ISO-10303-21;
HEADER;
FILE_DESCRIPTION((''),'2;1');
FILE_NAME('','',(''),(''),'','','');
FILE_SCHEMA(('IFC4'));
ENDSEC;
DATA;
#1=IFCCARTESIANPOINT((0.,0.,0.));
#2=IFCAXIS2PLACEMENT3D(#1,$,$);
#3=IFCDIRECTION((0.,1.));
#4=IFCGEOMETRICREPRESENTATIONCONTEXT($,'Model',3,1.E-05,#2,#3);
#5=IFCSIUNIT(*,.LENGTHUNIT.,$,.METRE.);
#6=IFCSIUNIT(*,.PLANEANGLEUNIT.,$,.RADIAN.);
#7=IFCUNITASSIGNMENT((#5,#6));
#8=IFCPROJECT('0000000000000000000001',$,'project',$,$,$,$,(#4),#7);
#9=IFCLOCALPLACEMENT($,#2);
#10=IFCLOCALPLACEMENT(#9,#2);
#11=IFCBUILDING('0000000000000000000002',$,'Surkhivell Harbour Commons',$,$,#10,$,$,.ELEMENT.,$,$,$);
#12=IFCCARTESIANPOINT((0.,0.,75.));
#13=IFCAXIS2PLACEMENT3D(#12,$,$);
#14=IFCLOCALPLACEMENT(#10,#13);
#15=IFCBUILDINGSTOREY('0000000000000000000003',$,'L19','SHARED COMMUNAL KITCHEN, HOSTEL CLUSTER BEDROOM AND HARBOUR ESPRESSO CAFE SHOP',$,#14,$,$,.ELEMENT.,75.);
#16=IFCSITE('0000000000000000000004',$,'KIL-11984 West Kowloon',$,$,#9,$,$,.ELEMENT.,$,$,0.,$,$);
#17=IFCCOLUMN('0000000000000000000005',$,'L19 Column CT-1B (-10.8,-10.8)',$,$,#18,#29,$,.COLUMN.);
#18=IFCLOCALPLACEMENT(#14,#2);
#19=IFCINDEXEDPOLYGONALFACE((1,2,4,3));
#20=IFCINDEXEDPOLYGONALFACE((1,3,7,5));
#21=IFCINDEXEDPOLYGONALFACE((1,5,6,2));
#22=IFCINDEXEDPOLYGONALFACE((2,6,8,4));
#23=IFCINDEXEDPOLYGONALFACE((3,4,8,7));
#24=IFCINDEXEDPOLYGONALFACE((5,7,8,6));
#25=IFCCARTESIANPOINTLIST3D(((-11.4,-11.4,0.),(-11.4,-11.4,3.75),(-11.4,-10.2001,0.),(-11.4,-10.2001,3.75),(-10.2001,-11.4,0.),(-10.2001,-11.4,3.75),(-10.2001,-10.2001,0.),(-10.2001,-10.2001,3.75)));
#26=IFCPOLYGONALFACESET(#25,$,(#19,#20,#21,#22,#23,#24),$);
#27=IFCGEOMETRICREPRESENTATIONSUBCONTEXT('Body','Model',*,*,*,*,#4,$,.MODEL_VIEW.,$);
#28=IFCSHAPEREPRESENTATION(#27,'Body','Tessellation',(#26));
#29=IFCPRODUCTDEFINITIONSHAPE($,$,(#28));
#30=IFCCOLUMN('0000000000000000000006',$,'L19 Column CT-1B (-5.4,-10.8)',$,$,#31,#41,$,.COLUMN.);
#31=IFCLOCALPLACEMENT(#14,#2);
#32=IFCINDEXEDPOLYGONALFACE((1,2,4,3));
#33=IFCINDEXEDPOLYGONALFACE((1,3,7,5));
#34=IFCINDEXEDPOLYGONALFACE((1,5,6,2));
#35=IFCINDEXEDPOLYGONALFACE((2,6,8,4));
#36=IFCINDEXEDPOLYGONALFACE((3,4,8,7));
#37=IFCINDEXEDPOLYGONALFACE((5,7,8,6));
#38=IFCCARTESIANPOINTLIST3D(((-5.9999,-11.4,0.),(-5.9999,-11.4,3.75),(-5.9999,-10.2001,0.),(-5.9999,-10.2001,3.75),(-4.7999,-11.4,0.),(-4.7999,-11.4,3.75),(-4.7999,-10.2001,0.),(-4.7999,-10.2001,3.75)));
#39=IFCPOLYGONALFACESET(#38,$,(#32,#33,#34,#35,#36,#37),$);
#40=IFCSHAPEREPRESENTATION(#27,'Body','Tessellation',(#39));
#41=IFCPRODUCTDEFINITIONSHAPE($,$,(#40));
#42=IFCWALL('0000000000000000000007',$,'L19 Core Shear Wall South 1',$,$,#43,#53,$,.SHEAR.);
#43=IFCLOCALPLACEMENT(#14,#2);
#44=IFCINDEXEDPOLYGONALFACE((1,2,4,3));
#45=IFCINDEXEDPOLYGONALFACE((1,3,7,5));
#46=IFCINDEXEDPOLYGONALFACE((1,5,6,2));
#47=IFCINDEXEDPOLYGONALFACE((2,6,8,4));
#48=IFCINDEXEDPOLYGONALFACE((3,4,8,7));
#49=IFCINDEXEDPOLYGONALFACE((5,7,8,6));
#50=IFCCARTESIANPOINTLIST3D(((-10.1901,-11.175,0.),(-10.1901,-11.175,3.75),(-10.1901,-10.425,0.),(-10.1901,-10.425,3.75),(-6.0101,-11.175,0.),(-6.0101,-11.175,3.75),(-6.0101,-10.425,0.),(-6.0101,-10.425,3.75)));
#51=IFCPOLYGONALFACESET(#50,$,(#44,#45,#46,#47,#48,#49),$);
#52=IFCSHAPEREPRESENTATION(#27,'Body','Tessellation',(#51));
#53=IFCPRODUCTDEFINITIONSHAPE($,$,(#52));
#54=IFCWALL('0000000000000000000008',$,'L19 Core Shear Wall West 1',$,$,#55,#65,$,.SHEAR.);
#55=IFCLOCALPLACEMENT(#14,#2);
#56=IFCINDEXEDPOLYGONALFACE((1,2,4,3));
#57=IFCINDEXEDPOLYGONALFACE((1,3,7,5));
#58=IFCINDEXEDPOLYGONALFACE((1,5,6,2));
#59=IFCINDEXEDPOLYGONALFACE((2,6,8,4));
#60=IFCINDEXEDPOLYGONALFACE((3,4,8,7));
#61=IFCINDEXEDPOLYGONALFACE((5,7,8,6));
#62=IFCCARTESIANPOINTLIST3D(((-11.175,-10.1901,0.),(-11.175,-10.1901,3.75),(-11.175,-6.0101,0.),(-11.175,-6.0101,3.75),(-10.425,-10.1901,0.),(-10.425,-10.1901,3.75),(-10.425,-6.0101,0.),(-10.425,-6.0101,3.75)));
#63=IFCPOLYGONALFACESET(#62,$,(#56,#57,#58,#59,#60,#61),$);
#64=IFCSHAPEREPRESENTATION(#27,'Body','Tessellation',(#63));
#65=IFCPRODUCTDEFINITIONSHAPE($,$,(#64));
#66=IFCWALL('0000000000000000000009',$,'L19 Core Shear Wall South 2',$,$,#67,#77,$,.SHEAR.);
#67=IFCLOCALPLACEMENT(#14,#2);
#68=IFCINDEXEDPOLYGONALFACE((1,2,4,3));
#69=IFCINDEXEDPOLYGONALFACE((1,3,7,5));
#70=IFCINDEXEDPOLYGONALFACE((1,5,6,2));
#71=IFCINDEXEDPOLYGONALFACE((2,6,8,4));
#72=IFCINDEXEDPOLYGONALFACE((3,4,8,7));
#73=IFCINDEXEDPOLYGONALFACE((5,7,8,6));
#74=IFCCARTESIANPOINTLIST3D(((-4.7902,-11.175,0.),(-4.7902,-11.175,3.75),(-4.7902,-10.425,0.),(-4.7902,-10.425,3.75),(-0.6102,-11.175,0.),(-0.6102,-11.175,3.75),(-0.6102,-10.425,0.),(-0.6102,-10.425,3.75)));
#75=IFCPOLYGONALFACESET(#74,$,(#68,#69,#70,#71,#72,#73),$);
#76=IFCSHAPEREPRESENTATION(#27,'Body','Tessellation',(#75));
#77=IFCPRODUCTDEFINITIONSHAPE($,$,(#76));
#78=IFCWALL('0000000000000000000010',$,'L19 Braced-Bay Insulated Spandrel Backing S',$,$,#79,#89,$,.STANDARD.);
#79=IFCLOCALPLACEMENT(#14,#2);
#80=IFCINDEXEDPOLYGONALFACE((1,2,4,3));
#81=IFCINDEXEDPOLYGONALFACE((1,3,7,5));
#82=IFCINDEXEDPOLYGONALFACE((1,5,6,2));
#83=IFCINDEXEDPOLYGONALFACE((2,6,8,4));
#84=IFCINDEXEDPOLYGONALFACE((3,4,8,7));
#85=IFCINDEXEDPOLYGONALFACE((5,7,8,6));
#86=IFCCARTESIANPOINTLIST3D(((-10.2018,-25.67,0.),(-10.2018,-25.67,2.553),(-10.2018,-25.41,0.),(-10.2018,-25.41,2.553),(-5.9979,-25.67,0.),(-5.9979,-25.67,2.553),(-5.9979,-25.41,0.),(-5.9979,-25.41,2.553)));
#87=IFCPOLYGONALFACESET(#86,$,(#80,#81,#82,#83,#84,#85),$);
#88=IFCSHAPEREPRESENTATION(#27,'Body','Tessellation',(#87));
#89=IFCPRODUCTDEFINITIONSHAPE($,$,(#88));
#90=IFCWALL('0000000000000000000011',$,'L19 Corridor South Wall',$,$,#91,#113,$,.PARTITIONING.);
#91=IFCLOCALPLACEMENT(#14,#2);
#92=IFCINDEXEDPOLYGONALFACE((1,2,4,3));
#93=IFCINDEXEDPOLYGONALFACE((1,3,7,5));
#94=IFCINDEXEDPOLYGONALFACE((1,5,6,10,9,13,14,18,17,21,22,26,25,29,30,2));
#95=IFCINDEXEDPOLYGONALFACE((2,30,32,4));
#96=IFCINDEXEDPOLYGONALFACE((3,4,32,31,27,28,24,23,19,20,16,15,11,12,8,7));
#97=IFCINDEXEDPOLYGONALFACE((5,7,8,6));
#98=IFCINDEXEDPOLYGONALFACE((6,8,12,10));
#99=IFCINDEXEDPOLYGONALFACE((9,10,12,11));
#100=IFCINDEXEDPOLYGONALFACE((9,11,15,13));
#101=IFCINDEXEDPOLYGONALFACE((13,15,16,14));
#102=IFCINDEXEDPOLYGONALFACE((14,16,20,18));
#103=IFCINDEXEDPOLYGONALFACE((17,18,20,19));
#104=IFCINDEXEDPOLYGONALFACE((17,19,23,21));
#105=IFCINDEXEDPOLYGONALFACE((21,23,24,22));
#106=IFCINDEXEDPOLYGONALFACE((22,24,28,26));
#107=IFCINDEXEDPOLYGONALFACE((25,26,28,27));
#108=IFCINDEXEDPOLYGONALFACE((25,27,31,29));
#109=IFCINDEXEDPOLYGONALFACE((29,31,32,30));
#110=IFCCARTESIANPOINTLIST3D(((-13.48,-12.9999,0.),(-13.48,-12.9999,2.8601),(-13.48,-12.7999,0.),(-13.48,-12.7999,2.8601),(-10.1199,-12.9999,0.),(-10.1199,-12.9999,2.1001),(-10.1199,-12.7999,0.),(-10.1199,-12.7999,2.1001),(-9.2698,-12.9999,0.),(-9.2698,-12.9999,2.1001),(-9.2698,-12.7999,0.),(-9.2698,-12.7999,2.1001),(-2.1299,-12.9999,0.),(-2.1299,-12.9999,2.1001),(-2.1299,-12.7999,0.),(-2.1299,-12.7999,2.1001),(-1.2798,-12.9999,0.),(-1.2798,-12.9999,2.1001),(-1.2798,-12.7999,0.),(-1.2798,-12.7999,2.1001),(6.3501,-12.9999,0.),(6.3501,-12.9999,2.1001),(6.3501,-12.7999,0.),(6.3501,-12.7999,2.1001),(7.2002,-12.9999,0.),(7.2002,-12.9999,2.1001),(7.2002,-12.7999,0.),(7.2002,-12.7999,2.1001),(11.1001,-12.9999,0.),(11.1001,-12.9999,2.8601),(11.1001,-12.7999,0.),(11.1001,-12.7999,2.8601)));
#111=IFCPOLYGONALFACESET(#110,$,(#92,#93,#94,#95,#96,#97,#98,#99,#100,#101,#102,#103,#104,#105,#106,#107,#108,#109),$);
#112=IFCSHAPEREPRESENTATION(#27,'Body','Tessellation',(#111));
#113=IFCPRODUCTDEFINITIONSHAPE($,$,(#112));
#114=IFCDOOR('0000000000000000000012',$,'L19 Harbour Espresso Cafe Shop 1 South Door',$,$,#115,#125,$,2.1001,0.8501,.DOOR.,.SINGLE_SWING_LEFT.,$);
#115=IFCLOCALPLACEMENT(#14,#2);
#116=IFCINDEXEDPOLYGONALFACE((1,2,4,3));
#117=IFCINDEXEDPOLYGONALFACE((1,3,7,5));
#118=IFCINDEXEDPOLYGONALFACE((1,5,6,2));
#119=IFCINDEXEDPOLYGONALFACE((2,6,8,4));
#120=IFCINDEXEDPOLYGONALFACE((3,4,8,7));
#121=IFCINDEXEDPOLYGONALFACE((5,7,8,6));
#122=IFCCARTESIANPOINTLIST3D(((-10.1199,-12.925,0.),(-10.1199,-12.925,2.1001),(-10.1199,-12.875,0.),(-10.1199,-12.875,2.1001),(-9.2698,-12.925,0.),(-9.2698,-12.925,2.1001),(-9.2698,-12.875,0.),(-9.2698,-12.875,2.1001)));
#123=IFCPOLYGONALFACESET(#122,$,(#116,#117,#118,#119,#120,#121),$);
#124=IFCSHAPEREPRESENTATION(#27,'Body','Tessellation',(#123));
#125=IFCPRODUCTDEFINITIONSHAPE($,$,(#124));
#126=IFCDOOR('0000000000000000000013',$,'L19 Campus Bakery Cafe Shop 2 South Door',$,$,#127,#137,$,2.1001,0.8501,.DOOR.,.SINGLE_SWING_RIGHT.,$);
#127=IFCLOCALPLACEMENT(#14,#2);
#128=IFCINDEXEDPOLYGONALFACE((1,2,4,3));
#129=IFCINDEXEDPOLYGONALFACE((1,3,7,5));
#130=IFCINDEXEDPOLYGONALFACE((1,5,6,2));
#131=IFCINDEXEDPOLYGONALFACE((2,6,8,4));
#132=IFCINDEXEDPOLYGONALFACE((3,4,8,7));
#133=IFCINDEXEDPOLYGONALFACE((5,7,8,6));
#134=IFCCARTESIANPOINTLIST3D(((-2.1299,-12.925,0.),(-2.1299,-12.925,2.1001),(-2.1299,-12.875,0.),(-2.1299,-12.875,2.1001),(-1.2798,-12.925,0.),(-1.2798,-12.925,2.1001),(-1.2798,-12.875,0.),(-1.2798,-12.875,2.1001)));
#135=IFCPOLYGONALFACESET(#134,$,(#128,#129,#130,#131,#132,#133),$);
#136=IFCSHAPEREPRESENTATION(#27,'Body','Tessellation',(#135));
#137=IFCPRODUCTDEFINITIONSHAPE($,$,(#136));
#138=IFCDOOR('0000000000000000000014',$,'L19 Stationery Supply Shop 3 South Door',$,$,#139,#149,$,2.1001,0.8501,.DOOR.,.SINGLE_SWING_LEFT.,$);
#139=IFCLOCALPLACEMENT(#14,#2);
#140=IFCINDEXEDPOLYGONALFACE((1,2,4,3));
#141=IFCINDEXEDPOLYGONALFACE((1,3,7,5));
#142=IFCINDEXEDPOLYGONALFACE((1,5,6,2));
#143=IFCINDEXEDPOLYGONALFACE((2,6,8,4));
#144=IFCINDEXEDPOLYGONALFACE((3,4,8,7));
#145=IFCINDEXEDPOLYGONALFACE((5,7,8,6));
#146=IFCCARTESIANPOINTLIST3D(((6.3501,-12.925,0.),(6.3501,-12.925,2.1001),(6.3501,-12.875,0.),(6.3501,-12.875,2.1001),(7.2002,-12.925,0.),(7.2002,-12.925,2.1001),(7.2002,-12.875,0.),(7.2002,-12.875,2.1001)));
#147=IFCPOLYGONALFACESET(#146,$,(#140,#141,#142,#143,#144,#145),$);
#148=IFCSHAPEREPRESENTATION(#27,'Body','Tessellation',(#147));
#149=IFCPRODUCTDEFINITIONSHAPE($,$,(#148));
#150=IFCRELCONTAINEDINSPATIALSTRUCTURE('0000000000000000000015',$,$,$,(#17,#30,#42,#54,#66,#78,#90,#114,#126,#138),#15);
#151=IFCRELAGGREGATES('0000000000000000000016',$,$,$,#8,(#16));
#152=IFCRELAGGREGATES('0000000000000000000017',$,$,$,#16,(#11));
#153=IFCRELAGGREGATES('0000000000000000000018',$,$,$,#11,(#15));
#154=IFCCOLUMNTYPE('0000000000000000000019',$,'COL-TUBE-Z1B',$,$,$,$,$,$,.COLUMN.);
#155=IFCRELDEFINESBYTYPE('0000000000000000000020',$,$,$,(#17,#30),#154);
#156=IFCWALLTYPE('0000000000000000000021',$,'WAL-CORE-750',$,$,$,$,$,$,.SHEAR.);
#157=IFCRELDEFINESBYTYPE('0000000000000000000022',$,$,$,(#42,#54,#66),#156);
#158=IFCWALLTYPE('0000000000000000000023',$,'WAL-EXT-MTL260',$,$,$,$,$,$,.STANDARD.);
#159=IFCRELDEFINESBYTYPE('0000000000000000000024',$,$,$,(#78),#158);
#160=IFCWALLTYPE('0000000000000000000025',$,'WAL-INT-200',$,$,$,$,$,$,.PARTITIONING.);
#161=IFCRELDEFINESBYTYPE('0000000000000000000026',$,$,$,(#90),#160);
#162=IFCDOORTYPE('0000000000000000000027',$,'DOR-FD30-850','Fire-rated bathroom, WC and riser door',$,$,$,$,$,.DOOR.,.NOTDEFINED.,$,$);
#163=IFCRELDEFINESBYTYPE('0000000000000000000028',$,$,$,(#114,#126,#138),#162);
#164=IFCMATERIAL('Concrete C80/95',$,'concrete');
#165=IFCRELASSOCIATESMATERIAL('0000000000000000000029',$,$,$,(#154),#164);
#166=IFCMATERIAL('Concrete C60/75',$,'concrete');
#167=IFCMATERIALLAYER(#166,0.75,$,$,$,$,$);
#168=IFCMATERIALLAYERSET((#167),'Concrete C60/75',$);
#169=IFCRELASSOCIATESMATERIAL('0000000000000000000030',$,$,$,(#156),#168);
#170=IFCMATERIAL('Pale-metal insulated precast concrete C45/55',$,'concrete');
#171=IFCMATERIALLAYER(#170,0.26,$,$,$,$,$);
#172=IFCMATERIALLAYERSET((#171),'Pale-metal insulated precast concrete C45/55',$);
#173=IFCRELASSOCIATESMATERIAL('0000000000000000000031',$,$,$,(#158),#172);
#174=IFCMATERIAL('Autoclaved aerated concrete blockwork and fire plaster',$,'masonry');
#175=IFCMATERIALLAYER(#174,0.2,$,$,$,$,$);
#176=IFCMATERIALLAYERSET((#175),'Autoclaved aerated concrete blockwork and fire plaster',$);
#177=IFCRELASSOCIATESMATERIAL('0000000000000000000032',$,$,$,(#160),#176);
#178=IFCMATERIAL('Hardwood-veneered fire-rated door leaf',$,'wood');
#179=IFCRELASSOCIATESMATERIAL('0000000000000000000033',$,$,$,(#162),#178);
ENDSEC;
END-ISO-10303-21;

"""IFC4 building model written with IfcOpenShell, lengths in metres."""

from ifc_helpers import new_model, si_unit, direction, frame, frame_2d, origin, origin_2d, place, context, subcontext, project, spatial, rectangle, extrude, material, layer, layer_set, material_profile, profile_set, type_object, element, fill, save


model = new_model("IFC4")

# Units and contexts
model_context = context("Model", 3, precision=1e-05, world=origin(), true_north=direction((0.0, 1.0)))
body_context = subcontext(model_context, "Body", "Model", "MODEL_VIEW")
ifc_project = project(units=[si_unit("LENGTHUNIT", "METRE"), si_unit("PLANEANGLEUNIT", "RADIAN")], contexts=[model_context])

# Site, building, storey
site_placement = place(None, origin())
site = spatial("IfcSite", under=ifc_project, at=site_placement, Name="KIL-11984 West Kowloon", CompositionType="ELEMENT", RefElevation=0.0)
building_placement = place(site_placement, origin())
building = spatial("IfcBuilding", under=site, at=building_placement, Name="Surkhivell Harbour Commons", CompositionType="ELEMENT")
storey_placement = place(building_placement, frame((0.0, 0.0, 75.0)))
storey = spatial("IfcBuildingStorey", under=building, at=storey_placement, Name="L19", Description="SHARED COMMUNAL KITCHEN, HOSTEL CLUSTER BEDROOM AND HARBOUR ESPRESSO CAFE SHOP", CompositionType="ELEMENT", Elevation=75.0)

# Columns
ifc_material_1 = material(Name="Concrete C80/95", Category="concrete")
ifc_material_profile = material_profile(ifc_material_1, rectangle(XDim=1.2, YDim=1.2, at=origin_2d()), Name="RC-COL-1200x1200")
ifc_profile_set = profile_set([ifc_material_profile], Name="Concrete C80/95")
column_type = type_object("IfcColumnType", Name="COL-TUBE-Z1B", PredefinedType="COLUMN", material=ifc_profile_set)
for number, where, z_axis, x_axis, name in (
    (1, (-10.8, -10.8, 0.0), (0.0, 0.0, 1.0), (1.0, 0.0, 0.0), "L19 Column CT-1B (-10.8,-10.8)"),
    (2, (-5.3999, -10.8, 0.0), (0.0, 0.0, 1.0), (1.0, 0.0, 0.0), "L19 Column CT-1B (-5.4,-10.8)"),
):
    element("IfcColumn", number, at=place(storey_placement, frame(where, z_axis=z_axis, x_axis=x_axis)), inside=storey, type_object=column_type, Name=name, PredefinedType="COLUMN", context=body_context, shape_type="SweptSolid", body=[
        extrude(rectangle(XDim=1.2, YDim=1.2, at=origin_2d()), origin(), (0.0, 0.0, 1.0), 3.75),
    ])

# Walls
ifc_material_2 = material(Name="Concrete C60/75", Category="concrete")
ifc_layer_1 = layer(ifc_material_2, 0.75)
ifc_layer_set_1 = layer_set([ifc_layer_1], Name="Concrete C60/75")
wall_type_1 = type_object("IfcWallType", Name="WAL-CORE-750", PredefinedType="SHEAR", material=ifc_layer_set_1)
for number, where, z_axis, x_axis, name in (
    (3, (-10.1899, -10.8, 0.0), (0.0, 0.0, 1.0), (1.0, 0.0, 0.0), "L19 Core Shear Wall South 1"),
    (4, (-10.8, -10.1899, 0.0), (0.0, 0.0, 1.0), (0.0, 1.0, 0.0), "L19 Core Shear Wall West 1"),
    (5, (-4.79, -10.8, 0.0), (0.0, 0.0, 1.0), (1.0, 0.0, 0.0), "L19 Core Shear Wall South 2"),
):
    element("IfcWall", number, at=place(storey_placement, frame(where, z_axis=z_axis, x_axis=x_axis)), inside=storey, type_object=wall_type_1, Name=name, PredefinedType="SHEAR", context=body_context, shape_type="SweptSolid", body=[
        extrude(rectangle(XDim=4.1799, YDim=0.75, at=frame_2d((2.0898, 0.0))), origin(), (0.0, 0.0, 1.0), 3.75),
    ])
ifc_material_3 = material(Name="Pale-metal insulated precast concrete C45/55", Category="concrete")
ifc_layer_2 = layer(ifc_material_3, 0.26)
ifc_layer_set_2 = layer_set([ifc_layer_2], Name="Pale-metal insulated precast concrete C45/55")
wall_type_2 = type_object("IfcWallType", Name="WAL-EXT-MTL260", PredefinedType="STANDARD", material=ifc_layer_set_2)
wall_1_placement = place(storey_placement, frame((-10.2019, -25.54, 0.0), z_axis=(0.0, 0.0, 1.0), x_axis=(1.0, 0.0, 0.0)))
element("IfcWall", 6, at=wall_1_placement, inside=storey, type_object=wall_type_2, Name="L19 Braced-Bay Insulated Spandrel Backing S", PredefinedType="STANDARD", context=body_context, shape_type="SweptSolid", body=[
    extrude(rectangle(XDim=4.2039, YDim=0.26, at=frame_2d((2.1021, 0.0))), origin(), (0.0, 0.0, 1.0), 2.553),
])

# Wall, openings, doors
ifc_material_4 = material(Name="Autoclaved aerated concrete blockwork and fire plaster", Category="masonry")
ifc_layer_3 = layer(ifc_material_4, 0.2)
ifc_layer_set_3 = layer_set([ifc_layer_3], Name="Autoclaved aerated concrete blockwork and fire plaster")
wall_type_3 = type_object("IfcWallType", Name="WAL-INT-200", PredefinedType="PARTITIONING", material=ifc_layer_set_3)
wall_2_placement = place(storey_placement, frame((-13.48, -12.8999, 0.0), z_axis=(0.0, 0.0, 1.0), x_axis=(1.0, 0.0, 0.0)))
wall_2 = element("IfcWall", 7, at=wall_2_placement, inside=storey, type_object=wall_type_3, Name="L19 Corridor South Wall", PredefinedType="PARTITIONING", context=body_context, shape_type="SweptSolid", body=[
    extrude(rectangle(XDim=24.5801, YDim=0.2, at=frame_2d((12.29, 0.0))), origin(), (0.0, 0.0, 1.0), 2.8601),
])
opening_1_placement = place(wall_2_placement, frame((3.3601, 0.0, 0.0)))
opening_1 = element("IfcOpeningElement", 8, at=opening_1_placement, cuts=wall_2, PredefinedType="OPENING", context=body_context, shape_type="SweptSolid", body=[
    extrude(rectangle(XDim=0.8501, YDim=2.1001, at=frame_2d((0.425, 1.05))), frame((0.0, 0.1099, 0.0), z_axis=(0.0, -1.0, 0.0), x_axis=(1.0, 0.0, 0.0)), (0.0, 0.0, 1.0), 0.22),
])
opening_2_placement = place(wall_2_placement, frame((11.3501, 0.0, 0.0)))
opening_2 = element("IfcOpeningElement", 9, at=opening_2_placement, cuts=wall_2, PredefinedType="OPENING", context=body_context, shape_type="SweptSolid", body=[
    extrude(rectangle(XDim=0.8501, YDim=2.1001, at=frame_2d((0.425, 1.05))), frame((0.0, 0.1099, 0.0), z_axis=(0.0, -1.0, 0.0), x_axis=(1.0, 0.0, 0.0)), (0.0, 0.0, 1.0), 0.22),
])
opening_3_placement = place(wall_2_placement, frame((19.8301, 0.0, 0.0)))
opening_3 = element("IfcOpeningElement", 10, at=opening_3_placement, cuts=wall_2, PredefinedType="OPENING", context=body_context, shape_type="SweptSolid", body=[
    extrude(rectangle(XDim=0.8501, YDim=2.1001, at=frame_2d((0.425, 1.05))), frame((0.0, 0.1099, 0.0), z_axis=(0.0, -1.0, 0.0), x_axis=(1.0, 0.0, 0.0)), (0.0, 0.0, 1.0), 0.22),
])
ifc_material_5 = material(Name="Hardwood-veneered fire-rated door leaf", Category="wood")
door_type_1 = type_object("IfcDoorType", Name="DOR-FD30-850", Description="Fire-rated bathroom, WC and riser door", OperationType="NOTDEFINED", PredefinedType="DOOR", material=ifc_material_5)
door_1_placement = place(opening_1_placement, origin())
door_1 = element("IfcDoor", 11, at=door_1_placement, inside=storey, type_object=door_type_1, Name="L19 Harbour Espresso Cafe Shop 1 South Door", OperationType="SINGLE_SWING_LEFT", OverallHeight=2.1001, OverallWidth=0.8501, PredefinedType="DOOR", context=body_context, shape_type="SweptSolid", body=[
    extrude(rectangle(XDim=0.8501, YDim=2.1001, at=frame_2d((0.425, 1.05))), frame((0.0, 0.0249, 0.0), z_axis=(0.0, -1.0, 0.0), x_axis=(1.0, 0.0, 0.0)), (0.0, 0.0, 1.0), 0.05),
])
fill(opening_1, door_1)
door_2_placement = place(opening_2_placement, origin())
door_2 = element("IfcDoor", 12, at=door_2_placement, inside=storey, type_object=door_type_1, Name="L19 Campus Bakery Cafe Shop 2 South Door", OperationType="SINGLE_SWING_RIGHT", OverallHeight=2.1001, OverallWidth=0.8501, PredefinedType="DOOR", context=body_context, shape_type="SweptSolid", body=[
    extrude(rectangle(XDim=0.8501, YDim=2.1001, at=frame_2d((0.425, 1.05))), frame((0.0, 0.0249, 0.0), z_axis=(0.0, -1.0, 0.0), x_axis=(1.0, 0.0, 0.0)), (0.0, 0.0, 1.0), 0.05),
])
fill(opening_2, door_2)
door_3_placement = place(opening_3_placement, origin())
door_3 = element("IfcDoor", 13, at=door_3_placement, inside=storey, type_object=door_type_1, Name="L19 Stationery Supply Shop 3 South Door", OperationType="SINGLE_SWING_LEFT", OverallHeight=2.1001, OverallWidth=0.8501, PredefinedType="DOOR", context=body_context, shape_type="SweptSolid", body=[
    extrude(rectangle(XDim=0.8501, YDim=2.1001, at=frame_2d((0.425, 1.05))), frame((0.0, 0.0249, 0.0), z_axis=(0.0, -1.0, 0.0), x_axis=(1.0, 0.0, 0.0)), (0.0, 0.0, 1.0), 0.05),
])
fill(opening_3, door_3)

save(model, "model.ifc")
